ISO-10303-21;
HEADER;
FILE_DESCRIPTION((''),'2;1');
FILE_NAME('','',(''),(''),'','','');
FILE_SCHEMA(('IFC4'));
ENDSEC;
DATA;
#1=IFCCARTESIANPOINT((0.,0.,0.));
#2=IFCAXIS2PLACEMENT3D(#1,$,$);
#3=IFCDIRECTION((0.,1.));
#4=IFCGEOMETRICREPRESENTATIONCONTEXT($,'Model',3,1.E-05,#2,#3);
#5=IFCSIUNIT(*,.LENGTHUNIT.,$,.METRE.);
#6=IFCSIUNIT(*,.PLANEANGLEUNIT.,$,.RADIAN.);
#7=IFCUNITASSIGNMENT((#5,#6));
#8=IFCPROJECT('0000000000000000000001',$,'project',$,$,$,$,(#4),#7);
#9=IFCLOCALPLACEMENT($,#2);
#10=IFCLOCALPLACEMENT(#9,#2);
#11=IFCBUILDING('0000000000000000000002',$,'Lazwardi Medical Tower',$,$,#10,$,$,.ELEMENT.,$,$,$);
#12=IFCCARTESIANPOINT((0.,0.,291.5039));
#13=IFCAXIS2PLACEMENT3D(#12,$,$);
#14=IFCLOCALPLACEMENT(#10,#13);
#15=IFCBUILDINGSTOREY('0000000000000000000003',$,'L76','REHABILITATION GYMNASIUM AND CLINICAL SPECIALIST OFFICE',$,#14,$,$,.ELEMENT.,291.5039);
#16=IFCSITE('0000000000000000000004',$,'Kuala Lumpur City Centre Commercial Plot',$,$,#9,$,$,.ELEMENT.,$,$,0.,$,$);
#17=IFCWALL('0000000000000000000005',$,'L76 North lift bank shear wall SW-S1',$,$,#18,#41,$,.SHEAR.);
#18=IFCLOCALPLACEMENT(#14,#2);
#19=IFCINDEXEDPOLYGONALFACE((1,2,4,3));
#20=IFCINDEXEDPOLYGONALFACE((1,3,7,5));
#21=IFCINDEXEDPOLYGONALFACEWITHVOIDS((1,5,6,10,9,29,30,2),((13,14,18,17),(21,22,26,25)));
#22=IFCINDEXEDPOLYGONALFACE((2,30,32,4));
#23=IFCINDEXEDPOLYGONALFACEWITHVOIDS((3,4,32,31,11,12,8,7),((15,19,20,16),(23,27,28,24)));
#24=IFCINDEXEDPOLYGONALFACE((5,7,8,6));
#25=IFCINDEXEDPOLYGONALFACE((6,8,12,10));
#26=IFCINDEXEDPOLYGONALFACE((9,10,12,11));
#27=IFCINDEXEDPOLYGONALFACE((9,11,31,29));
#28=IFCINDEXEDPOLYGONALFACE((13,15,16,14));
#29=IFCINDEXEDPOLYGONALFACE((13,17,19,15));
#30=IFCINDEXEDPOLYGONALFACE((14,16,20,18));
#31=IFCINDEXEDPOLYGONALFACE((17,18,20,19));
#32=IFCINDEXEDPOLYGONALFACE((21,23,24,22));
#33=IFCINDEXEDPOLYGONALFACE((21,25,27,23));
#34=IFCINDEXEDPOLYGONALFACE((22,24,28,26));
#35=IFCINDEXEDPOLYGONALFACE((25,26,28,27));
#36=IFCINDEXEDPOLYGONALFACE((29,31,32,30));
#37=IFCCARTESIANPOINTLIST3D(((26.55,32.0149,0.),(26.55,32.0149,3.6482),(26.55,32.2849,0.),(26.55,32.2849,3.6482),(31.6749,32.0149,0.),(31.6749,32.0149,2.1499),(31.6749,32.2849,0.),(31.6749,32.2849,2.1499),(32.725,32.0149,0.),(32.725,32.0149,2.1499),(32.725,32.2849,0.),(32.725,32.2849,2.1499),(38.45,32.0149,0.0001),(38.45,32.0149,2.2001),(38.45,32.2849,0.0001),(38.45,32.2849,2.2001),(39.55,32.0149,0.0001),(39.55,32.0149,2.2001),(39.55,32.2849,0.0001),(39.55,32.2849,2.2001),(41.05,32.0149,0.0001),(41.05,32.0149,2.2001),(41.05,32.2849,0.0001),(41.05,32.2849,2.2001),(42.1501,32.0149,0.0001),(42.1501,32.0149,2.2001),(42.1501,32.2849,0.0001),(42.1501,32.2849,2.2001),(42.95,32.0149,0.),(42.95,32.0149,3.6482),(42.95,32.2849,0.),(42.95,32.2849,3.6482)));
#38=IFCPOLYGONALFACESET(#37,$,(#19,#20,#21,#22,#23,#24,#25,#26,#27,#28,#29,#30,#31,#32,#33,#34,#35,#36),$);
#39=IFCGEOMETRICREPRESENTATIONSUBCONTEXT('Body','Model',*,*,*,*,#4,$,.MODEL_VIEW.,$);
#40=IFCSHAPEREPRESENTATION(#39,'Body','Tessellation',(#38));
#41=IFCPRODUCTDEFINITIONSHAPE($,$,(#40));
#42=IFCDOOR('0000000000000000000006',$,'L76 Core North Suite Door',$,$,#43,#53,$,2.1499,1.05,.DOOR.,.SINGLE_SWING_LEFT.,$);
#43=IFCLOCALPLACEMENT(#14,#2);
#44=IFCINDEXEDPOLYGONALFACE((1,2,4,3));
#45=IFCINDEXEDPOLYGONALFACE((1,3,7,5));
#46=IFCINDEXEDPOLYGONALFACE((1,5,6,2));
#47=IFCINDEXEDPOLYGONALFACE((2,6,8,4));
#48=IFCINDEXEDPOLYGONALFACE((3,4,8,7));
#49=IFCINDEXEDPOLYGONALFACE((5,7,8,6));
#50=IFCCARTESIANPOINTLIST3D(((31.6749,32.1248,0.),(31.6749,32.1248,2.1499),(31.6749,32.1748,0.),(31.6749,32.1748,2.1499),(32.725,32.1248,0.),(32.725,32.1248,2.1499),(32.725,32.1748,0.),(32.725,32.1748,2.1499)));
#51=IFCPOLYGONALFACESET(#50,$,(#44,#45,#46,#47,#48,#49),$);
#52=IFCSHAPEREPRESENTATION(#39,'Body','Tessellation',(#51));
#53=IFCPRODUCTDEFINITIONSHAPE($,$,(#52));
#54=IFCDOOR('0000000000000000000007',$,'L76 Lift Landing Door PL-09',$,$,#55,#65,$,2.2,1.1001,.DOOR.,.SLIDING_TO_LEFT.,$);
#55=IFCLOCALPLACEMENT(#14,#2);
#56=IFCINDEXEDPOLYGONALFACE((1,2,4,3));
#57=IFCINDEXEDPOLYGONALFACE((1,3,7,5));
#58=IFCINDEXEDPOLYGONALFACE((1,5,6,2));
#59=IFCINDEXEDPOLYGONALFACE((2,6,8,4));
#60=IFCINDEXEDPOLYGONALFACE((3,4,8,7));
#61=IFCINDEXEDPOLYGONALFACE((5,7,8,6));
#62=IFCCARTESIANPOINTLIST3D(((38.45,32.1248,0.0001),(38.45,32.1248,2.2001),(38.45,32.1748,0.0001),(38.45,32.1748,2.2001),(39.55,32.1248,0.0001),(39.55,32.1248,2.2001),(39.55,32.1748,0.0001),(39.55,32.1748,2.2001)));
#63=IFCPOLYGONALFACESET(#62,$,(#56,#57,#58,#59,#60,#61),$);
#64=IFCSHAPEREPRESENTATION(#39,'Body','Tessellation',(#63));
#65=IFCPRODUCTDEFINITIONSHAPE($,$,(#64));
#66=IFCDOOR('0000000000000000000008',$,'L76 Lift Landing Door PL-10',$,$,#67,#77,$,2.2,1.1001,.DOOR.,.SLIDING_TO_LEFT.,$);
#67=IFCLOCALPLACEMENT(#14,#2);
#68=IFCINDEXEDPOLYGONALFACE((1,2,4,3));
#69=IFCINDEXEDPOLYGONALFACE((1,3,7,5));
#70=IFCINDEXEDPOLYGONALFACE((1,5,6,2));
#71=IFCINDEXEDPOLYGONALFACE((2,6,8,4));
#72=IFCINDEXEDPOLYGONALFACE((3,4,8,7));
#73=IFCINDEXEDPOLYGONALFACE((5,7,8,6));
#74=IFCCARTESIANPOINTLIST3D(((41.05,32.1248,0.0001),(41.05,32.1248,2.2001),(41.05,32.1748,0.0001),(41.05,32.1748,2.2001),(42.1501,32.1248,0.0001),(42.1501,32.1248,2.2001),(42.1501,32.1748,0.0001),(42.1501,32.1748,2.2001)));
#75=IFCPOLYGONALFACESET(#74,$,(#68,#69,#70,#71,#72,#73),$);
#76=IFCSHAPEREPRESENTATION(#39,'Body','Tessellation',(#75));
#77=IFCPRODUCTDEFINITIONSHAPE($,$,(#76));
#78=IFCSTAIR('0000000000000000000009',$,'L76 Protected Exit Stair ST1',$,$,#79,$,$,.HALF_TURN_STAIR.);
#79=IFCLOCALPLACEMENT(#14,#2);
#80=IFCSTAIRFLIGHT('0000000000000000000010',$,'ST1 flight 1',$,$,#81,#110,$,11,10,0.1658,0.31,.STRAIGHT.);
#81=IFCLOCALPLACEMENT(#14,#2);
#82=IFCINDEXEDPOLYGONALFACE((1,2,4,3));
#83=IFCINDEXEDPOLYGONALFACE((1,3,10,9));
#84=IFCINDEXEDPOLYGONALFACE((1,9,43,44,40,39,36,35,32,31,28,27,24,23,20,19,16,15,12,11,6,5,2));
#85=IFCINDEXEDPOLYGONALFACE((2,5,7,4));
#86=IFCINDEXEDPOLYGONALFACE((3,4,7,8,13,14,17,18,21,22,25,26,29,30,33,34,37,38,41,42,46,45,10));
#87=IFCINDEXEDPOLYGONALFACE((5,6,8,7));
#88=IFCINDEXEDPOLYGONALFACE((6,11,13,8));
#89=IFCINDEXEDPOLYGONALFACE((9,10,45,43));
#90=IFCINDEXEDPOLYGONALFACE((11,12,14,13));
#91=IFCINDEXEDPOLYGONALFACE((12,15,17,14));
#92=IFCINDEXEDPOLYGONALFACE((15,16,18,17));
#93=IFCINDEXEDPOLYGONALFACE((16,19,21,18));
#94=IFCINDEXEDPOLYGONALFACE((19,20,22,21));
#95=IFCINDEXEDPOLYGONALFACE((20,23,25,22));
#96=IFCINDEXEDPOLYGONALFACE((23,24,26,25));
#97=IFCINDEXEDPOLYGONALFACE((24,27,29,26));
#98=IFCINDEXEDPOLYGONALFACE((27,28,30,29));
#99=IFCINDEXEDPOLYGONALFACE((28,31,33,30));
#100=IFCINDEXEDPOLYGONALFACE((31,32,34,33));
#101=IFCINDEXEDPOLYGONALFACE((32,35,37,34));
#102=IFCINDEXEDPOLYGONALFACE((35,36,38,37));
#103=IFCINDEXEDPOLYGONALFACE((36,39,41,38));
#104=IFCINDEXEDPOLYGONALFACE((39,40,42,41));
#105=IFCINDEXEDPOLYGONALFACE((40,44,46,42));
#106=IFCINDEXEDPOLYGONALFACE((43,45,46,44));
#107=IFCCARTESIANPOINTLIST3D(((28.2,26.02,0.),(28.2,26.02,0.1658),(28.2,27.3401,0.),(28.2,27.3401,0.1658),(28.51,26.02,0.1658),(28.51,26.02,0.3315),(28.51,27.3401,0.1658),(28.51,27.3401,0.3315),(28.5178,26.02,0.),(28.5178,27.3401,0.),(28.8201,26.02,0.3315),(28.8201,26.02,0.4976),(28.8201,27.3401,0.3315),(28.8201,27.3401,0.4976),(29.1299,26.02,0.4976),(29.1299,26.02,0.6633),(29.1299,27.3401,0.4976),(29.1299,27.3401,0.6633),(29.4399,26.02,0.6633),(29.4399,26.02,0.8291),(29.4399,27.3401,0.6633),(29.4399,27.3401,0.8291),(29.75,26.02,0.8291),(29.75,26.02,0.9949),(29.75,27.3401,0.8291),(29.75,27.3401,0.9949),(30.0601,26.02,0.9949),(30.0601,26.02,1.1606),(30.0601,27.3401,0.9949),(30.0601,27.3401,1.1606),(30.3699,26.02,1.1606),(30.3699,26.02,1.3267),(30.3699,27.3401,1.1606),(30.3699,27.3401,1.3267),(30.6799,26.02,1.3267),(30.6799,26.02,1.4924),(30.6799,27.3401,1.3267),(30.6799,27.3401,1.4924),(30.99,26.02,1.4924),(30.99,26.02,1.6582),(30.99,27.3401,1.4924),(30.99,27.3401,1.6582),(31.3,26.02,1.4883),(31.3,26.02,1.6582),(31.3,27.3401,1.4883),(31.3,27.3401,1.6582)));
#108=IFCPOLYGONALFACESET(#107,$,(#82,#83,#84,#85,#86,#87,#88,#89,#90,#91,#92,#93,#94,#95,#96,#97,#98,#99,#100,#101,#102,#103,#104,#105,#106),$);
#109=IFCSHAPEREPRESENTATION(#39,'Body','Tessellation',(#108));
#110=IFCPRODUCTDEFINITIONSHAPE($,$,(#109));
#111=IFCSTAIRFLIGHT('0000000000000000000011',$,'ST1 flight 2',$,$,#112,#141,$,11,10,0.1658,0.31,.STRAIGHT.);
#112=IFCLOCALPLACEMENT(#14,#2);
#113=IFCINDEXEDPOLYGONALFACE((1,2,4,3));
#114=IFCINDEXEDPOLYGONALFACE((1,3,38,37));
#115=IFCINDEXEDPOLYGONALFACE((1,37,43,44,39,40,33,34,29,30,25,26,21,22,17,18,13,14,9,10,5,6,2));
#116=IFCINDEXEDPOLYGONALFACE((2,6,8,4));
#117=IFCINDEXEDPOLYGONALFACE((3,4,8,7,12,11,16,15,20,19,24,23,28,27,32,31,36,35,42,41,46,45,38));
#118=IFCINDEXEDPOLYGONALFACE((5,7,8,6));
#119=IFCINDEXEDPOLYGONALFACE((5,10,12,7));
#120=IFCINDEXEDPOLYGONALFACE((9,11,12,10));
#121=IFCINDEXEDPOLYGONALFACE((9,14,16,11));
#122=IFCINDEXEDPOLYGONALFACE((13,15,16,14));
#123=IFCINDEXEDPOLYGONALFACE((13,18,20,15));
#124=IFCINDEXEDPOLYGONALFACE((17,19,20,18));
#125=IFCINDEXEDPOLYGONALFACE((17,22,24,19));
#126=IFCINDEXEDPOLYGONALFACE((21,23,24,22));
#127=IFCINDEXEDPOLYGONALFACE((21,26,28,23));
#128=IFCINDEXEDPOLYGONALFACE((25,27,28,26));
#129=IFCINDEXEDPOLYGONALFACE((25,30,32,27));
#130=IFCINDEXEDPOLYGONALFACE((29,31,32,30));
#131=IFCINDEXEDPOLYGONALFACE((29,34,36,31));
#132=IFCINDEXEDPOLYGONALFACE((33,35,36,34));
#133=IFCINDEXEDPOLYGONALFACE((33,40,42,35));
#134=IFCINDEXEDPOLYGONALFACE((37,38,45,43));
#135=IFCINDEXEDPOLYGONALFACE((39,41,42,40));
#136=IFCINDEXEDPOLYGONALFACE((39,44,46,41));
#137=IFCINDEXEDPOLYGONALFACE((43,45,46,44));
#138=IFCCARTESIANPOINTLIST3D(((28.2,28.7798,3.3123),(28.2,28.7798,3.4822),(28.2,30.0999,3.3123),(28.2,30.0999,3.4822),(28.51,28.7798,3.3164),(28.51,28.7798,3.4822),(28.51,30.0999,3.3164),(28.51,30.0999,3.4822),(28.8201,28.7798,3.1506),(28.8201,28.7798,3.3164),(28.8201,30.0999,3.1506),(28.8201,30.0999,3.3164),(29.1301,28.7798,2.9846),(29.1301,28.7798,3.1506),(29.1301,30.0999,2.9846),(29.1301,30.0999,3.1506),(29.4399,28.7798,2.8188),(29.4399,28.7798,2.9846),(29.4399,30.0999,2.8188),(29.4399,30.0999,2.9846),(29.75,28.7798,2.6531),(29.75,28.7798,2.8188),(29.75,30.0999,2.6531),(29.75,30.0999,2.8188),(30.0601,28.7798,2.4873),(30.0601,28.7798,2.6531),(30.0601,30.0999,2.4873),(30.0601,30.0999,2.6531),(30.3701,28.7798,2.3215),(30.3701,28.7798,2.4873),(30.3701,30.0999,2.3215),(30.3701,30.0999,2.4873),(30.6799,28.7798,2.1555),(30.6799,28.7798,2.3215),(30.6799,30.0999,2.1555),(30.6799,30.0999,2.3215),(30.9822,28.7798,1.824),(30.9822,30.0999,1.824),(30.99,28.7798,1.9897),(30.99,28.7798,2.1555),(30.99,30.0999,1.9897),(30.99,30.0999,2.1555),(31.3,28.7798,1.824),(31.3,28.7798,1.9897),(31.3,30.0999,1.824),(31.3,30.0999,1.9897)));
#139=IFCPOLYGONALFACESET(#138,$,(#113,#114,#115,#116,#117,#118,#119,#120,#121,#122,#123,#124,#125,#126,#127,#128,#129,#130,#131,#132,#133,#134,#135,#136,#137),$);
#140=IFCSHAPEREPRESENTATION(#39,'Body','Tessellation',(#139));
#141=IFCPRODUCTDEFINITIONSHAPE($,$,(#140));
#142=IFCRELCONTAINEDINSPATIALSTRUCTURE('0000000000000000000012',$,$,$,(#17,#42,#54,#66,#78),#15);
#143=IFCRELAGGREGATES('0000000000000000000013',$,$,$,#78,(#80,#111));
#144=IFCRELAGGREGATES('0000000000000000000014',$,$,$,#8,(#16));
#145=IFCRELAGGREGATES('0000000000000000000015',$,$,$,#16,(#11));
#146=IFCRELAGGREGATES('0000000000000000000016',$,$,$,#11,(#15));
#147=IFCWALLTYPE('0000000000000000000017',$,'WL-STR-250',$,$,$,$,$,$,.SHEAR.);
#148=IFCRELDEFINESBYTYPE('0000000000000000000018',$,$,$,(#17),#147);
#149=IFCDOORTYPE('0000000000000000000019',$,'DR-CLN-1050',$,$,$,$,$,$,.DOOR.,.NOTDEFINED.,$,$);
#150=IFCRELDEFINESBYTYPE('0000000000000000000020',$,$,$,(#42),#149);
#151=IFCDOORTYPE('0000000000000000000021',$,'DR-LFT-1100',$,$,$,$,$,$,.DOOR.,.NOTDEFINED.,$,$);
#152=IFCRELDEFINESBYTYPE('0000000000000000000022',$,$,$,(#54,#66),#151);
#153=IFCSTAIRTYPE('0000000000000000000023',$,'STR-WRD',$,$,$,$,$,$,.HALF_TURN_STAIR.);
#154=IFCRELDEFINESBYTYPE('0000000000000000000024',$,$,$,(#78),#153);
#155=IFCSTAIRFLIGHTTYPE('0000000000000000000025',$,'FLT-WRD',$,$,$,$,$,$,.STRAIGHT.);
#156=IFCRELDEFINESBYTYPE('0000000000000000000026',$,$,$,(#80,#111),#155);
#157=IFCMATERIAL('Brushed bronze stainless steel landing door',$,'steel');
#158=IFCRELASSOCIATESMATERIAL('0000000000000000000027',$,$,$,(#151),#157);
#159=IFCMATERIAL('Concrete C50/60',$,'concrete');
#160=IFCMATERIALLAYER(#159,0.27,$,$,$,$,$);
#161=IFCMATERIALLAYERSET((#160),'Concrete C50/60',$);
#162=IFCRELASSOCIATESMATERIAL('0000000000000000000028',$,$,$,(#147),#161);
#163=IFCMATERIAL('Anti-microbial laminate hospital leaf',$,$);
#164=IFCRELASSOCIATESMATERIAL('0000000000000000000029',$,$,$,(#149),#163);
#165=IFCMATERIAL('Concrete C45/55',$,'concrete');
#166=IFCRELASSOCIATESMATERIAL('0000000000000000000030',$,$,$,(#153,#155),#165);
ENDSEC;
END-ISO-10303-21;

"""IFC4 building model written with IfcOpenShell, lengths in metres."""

from ifc_helpers import new_model, si_unit, direction, frame, frame_2d, origin, place, context, subcontext, project, spatial, polyline, rectangle, outline, extrude, material, layer, layer_set, type_object, element, fill, aggregate, save


model = new_model("IFC4")

# Units and contexts
model_context = context("Model", 3, precision=1e-05, world=origin(), true_north=direction((0.0, 1.0)))
body_context = subcontext(model_context, "Body", "Model", "MODEL_VIEW")
ifc_project = project(units=[si_unit("LENGTHUNIT", "METRE"), si_unit("PLANEANGLEUNIT", "RADIAN")], contexts=[model_context])

# Site, building, storey
site_placement = place(None, origin())
site = spatial("IfcSite", under=ifc_project, at=site_placement, Name="Kuala Lumpur City Centre Commercial Plot", CompositionType="ELEMENT", RefElevation=0.0)
building_placement = place(site_placement, origin())
building = spatial("IfcBuilding", under=site, at=building_placement, Name="Lazwardi Medical Tower", CompositionType="ELEMENT")
storey_placement = place(building_placement, frame((0.0, 0.0, 291.5039)))
storey = spatial("IfcBuildingStorey", under=building, at=storey_placement, Name="L76", Description="REHABILITATION GYMNASIUM AND CLINICAL SPECIALIST OFFICE", CompositionType="ELEMENT", Elevation=291.5039)

# Shared definitions
ifc_material_1 = material(Name="Anti-microbial laminate hospital leaf")
ifc_material_2 = material(Name="Brushed bronze stainless steel landing door", Category="steel")
door_type_1 = type_object("IfcDoorType", Name="DR-LFT-1100", OperationType="NOTDEFINED", PredefinedType="DOOR", material=ifc_material_2)

# Shared definitions
ifc_material_3 = material(Name="Concrete C50/60", Category="concrete")
ifc_layer_1 = layer(ifc_material_3, 0.27)
ifc_layer_set_1 = layer_set([ifc_layer_1], Name="Concrete C50/60")
wall_type_1 = type_object("IfcWallType", Name="WL-STR-250", PredefinedType="SHEAR", material=ifc_layer_set_1)

# Wall, openings, doors
wall_1_placement = place(storey_placement, frame((26.55, 32.1499, 0.0), z_axis=(0.0, 0.0, 1.0), x_axis=(1.0, 0.0, 0.0)))
wall_1 = element("IfcWall", 1, at=wall_1_placement, inside=storey, type_object=wall_type_1, Name="L76 North lift bank shear wall SW-S1", PredefinedType="SHEAR", context=body_context, shape_type="SweptSolid", body=[
    extrude(rectangle(XDim=16.3999, YDim=0.27, at=frame_2d((8.2, 0.0))), origin(), (0.0, 0.0, 1.0), 3.6482),
])
opening_1_placement = place(wall_1_placement, frame((5.125, 0.0, 0.0)))
opening_1 = element("IfcOpeningElement", 2, at=opening_1_placement, cuts=wall_1, PredefinedType="OPENING", context=body_context, shape_type="SweptSolid", body=[
    extrude(rectangle(XDim=1.05, YDim=2.1499, at=frame_2d((0.5249, 1.075))), frame((0.0, 0.145, 0.0), z_axis=(0.0, -1.0, 0.0), x_axis=(1.0, 0.0, 0.0)), (0.0, 0.0, 1.0), 0.29),
])
opening_2_placement = place(wall_1_placement, frame((11.8999, 0.0, 0.0)))
opening_2 = element("IfcOpeningElement", 3, at=opening_2_placement, cuts=wall_1, PredefinedType="OPENING", context=body_context, shape_type="SweptSolid", body=[
    extrude(rectangle(XDim=1.1001, YDim=2.2, at=frame_2d((0.55, 1.1001))), frame((0.0, 0.145, 0.0), z_axis=(0.0, -1.0, 0.0), x_axis=(1.0, 0.0, 0.0)), (0.0, 0.0, 1.0), 0.29),
])
opening_3_placement = place(wall_1_placement, frame((14.5, 0.0, 0.0)))
opening_3 = element("IfcOpeningElement", 4, at=opening_3_placement, cuts=wall_1, PredefinedType="OPENING", context=body_context, shape_type="SweptSolid", body=[
    extrude(rectangle(XDim=1.1001, YDim=2.2, at=frame_2d((0.55, 1.1001))), frame((0.0, 0.145, 0.0), z_axis=(0.0, -1.0, 0.0), x_axis=(1.0, 0.0, 0.0)), (0.0, 0.0, 1.0), 0.29),
])
door_type_2 = type_object("IfcDoorType", Name="DR-CLN-1050", OperationType="NOTDEFINED", PredefinedType="DOOR", material=ifc_material_1)
door_1_placement = place(opening_1_placement, origin())
door_1 = element("IfcDoor", 5, at=door_1_placement, inside=storey, type_object=door_type_2, Name="L76 Core North Suite Door", OperationType="SINGLE_SWING_LEFT", OverallHeight=2.1499, OverallWidth=1.05, PredefinedType="DOOR", context=body_context, shape_type="SweptSolid", body=[
    extrude(rectangle(XDim=1.05, YDim=2.1499, at=frame_2d((0.5249, 1.075))), frame((0.0, 0.0249, 0.0), z_axis=(0.0, -1.0, 0.0), x_axis=(1.0, 0.0, 0.0)), (0.0, 0.0, 1.0), 0.05),
])
fill(opening_1, door_1)
door_2_placement = place(opening_2_placement, origin())
door_2 = element("IfcDoor", 6, at=door_2_placement, inside=storey, type_object=door_type_1, Name="L76 Lift Landing Door PL-09", OperationType="SLIDING_TO_LEFT", OverallHeight=2.2, OverallWidth=1.1001, PredefinedType="DOOR", context=body_context, shape_type="SweptSolid", body=[
    extrude(rectangle(XDim=1.1001, YDim=2.2, at=frame_2d((0.55, 1.1001))), frame((0.0, 0.0249, 0.0), z_axis=(0.0, -1.0, 0.0), x_axis=(1.0, 0.0, 0.0)), (0.0, 0.0, 1.0), 0.05),
])
fill(opening_2, door_2)
door_3_placement = place(opening_3_placement, origin())
door_3 = element("IfcDoor", 7, at=door_3_placement, inside=storey, type_object=door_type_1, Name="L76 Lift Landing Door PL-10", OperationType="SLIDING_TO_LEFT", OverallHeight=2.2, OverallWidth=1.1001, PredefinedType="DOOR", context=body_context, shape_type="SweptSolid", body=[
    extrude(rectangle(XDim=1.1001, YDim=2.2, at=frame_2d((0.55, 1.1001))), frame((0.0, 0.0249, 0.0), z_axis=(0.0, -1.0, 0.0), x_axis=(1.0, 0.0, 0.0)), (0.0, 0.0, 1.0), 0.05),
])
fill(opening_3, door_3)

# Stair, stair flights
ifc_material_4 = material(Name="Concrete C45/55", Category="concrete")
stair_type = type_object("IfcStairType", Name="STR-WRD", PredefinedType="HALF_TURN_STAIR", material=ifc_material_4)
stair_placement = place(storey_placement, origin())
stair = element("IfcStair", 8, at=stair_placement, inside=storey, type_object=stair_type, Name="L76 Protected Exit Stair ST1", PredefinedType="HALF_TURN_STAIR")
stair_flight_type = type_object("IfcStairFlightType", Name="FLT-WRD", PredefinedType="STRAIGHT", material=ifc_material_4)
stair_flight_1_placement = place(storey_placement, frame((28.2, 26.6799, 0.0), z_axis=(0.0, 0.0, 1.0), x_axis=(1.0, 0.0, 0.0)))
stair_flight_1 = element("IfcStairFlight", 9, at=stair_flight_1_placement, type_object=stair_flight_type, Name="ST1 flight 1", NumberOfRisers=11, NumberOfTreads=10, PredefinedType="STRAIGHT", RiserHeight=0.1658, TreadLength=0.31, context=body_context, shape_type="SweptSolid", body=[
    extrude(outline(polyline([(0.0, 0.0), (0.0, 0.1658), (0.3101, 0.1658), (0.3101, 0.3315), (0.6201, 0.3315), (0.6201, 0.4976), (0.9299, 0.4976), (0.9299, 0.6633), (1.24, 0.6633), (1.24, 0.8291), (1.55, 0.8291), (1.55, 0.9949), (1.8601, 0.9949), (1.8601, 1.1606), (2.1699, 1.1606), (2.1699, 1.3267), (2.48, 1.3267), (2.48, 1.4924), (2.79, 1.4924), (2.79, 1.6582), (3.1001, 1.6582), (3.1001, 1.824), (3.1001, 1.4883), (0.3179, 0.0), (0.0, 0.0)])), frame((0.0, 0.6602, 0.0), z_axis=(0.0, -1.0, 0.0), x_axis=(1.0, 0.0, 0.0)), (0.0, 0.0, 1.0), 1.3201),
])
stair_flight_2_placement = place(storey_placement, frame((31.3, 29.4399, 1.824), z_axis=(0.0, 0.0, 1.0), x_axis=(-1.0, 0.0, 0.0)))
stair_flight_2 = element("IfcStairFlight", 10, at=stair_flight_2_placement, type_object=stair_flight_type, Name="ST1 flight 2", NumberOfRisers=11, NumberOfTreads=10, PredefinedType="STRAIGHT", RiserHeight=0.1658, TreadLength=0.31, context=body_context, shape_type="SweptSolid", body=[
    extrude(outline(polyline([(0.0, 0.0), (0.0, 0.1658), (0.3101, 0.1658), (0.3101, 0.3315), (0.6201, 0.3315), (0.6201, 0.4976), (0.9299, 0.4976), (0.9299, 0.6633), (1.24, 0.6633), (1.24, 0.8291), (1.55, 0.8291), (1.55, 0.9949), (1.8601, 0.9949), (1.8601, 1.1606), (2.1699, 1.1606), (2.1699, 1.3267), (2.48, 1.3267), (2.48, 1.4924), (2.79, 1.4924), (2.79, 1.6582), (3.1001, 1.6582), (3.1001, 1.824), (3.1001, 1.4883), (0.3179, 0.0), (0.0, 0.0)])), frame((0.0, 0.6602, 0.0), z_axis=(0.0, -1.0, 0.0), x_axis=(1.0, 0.0, 0.0)), (0.0, 0.0, 1.0), 1.3201),
])
aggregate(stair, [stair_flight_1, stair_flight_2])

save(model, "model.ifc")
